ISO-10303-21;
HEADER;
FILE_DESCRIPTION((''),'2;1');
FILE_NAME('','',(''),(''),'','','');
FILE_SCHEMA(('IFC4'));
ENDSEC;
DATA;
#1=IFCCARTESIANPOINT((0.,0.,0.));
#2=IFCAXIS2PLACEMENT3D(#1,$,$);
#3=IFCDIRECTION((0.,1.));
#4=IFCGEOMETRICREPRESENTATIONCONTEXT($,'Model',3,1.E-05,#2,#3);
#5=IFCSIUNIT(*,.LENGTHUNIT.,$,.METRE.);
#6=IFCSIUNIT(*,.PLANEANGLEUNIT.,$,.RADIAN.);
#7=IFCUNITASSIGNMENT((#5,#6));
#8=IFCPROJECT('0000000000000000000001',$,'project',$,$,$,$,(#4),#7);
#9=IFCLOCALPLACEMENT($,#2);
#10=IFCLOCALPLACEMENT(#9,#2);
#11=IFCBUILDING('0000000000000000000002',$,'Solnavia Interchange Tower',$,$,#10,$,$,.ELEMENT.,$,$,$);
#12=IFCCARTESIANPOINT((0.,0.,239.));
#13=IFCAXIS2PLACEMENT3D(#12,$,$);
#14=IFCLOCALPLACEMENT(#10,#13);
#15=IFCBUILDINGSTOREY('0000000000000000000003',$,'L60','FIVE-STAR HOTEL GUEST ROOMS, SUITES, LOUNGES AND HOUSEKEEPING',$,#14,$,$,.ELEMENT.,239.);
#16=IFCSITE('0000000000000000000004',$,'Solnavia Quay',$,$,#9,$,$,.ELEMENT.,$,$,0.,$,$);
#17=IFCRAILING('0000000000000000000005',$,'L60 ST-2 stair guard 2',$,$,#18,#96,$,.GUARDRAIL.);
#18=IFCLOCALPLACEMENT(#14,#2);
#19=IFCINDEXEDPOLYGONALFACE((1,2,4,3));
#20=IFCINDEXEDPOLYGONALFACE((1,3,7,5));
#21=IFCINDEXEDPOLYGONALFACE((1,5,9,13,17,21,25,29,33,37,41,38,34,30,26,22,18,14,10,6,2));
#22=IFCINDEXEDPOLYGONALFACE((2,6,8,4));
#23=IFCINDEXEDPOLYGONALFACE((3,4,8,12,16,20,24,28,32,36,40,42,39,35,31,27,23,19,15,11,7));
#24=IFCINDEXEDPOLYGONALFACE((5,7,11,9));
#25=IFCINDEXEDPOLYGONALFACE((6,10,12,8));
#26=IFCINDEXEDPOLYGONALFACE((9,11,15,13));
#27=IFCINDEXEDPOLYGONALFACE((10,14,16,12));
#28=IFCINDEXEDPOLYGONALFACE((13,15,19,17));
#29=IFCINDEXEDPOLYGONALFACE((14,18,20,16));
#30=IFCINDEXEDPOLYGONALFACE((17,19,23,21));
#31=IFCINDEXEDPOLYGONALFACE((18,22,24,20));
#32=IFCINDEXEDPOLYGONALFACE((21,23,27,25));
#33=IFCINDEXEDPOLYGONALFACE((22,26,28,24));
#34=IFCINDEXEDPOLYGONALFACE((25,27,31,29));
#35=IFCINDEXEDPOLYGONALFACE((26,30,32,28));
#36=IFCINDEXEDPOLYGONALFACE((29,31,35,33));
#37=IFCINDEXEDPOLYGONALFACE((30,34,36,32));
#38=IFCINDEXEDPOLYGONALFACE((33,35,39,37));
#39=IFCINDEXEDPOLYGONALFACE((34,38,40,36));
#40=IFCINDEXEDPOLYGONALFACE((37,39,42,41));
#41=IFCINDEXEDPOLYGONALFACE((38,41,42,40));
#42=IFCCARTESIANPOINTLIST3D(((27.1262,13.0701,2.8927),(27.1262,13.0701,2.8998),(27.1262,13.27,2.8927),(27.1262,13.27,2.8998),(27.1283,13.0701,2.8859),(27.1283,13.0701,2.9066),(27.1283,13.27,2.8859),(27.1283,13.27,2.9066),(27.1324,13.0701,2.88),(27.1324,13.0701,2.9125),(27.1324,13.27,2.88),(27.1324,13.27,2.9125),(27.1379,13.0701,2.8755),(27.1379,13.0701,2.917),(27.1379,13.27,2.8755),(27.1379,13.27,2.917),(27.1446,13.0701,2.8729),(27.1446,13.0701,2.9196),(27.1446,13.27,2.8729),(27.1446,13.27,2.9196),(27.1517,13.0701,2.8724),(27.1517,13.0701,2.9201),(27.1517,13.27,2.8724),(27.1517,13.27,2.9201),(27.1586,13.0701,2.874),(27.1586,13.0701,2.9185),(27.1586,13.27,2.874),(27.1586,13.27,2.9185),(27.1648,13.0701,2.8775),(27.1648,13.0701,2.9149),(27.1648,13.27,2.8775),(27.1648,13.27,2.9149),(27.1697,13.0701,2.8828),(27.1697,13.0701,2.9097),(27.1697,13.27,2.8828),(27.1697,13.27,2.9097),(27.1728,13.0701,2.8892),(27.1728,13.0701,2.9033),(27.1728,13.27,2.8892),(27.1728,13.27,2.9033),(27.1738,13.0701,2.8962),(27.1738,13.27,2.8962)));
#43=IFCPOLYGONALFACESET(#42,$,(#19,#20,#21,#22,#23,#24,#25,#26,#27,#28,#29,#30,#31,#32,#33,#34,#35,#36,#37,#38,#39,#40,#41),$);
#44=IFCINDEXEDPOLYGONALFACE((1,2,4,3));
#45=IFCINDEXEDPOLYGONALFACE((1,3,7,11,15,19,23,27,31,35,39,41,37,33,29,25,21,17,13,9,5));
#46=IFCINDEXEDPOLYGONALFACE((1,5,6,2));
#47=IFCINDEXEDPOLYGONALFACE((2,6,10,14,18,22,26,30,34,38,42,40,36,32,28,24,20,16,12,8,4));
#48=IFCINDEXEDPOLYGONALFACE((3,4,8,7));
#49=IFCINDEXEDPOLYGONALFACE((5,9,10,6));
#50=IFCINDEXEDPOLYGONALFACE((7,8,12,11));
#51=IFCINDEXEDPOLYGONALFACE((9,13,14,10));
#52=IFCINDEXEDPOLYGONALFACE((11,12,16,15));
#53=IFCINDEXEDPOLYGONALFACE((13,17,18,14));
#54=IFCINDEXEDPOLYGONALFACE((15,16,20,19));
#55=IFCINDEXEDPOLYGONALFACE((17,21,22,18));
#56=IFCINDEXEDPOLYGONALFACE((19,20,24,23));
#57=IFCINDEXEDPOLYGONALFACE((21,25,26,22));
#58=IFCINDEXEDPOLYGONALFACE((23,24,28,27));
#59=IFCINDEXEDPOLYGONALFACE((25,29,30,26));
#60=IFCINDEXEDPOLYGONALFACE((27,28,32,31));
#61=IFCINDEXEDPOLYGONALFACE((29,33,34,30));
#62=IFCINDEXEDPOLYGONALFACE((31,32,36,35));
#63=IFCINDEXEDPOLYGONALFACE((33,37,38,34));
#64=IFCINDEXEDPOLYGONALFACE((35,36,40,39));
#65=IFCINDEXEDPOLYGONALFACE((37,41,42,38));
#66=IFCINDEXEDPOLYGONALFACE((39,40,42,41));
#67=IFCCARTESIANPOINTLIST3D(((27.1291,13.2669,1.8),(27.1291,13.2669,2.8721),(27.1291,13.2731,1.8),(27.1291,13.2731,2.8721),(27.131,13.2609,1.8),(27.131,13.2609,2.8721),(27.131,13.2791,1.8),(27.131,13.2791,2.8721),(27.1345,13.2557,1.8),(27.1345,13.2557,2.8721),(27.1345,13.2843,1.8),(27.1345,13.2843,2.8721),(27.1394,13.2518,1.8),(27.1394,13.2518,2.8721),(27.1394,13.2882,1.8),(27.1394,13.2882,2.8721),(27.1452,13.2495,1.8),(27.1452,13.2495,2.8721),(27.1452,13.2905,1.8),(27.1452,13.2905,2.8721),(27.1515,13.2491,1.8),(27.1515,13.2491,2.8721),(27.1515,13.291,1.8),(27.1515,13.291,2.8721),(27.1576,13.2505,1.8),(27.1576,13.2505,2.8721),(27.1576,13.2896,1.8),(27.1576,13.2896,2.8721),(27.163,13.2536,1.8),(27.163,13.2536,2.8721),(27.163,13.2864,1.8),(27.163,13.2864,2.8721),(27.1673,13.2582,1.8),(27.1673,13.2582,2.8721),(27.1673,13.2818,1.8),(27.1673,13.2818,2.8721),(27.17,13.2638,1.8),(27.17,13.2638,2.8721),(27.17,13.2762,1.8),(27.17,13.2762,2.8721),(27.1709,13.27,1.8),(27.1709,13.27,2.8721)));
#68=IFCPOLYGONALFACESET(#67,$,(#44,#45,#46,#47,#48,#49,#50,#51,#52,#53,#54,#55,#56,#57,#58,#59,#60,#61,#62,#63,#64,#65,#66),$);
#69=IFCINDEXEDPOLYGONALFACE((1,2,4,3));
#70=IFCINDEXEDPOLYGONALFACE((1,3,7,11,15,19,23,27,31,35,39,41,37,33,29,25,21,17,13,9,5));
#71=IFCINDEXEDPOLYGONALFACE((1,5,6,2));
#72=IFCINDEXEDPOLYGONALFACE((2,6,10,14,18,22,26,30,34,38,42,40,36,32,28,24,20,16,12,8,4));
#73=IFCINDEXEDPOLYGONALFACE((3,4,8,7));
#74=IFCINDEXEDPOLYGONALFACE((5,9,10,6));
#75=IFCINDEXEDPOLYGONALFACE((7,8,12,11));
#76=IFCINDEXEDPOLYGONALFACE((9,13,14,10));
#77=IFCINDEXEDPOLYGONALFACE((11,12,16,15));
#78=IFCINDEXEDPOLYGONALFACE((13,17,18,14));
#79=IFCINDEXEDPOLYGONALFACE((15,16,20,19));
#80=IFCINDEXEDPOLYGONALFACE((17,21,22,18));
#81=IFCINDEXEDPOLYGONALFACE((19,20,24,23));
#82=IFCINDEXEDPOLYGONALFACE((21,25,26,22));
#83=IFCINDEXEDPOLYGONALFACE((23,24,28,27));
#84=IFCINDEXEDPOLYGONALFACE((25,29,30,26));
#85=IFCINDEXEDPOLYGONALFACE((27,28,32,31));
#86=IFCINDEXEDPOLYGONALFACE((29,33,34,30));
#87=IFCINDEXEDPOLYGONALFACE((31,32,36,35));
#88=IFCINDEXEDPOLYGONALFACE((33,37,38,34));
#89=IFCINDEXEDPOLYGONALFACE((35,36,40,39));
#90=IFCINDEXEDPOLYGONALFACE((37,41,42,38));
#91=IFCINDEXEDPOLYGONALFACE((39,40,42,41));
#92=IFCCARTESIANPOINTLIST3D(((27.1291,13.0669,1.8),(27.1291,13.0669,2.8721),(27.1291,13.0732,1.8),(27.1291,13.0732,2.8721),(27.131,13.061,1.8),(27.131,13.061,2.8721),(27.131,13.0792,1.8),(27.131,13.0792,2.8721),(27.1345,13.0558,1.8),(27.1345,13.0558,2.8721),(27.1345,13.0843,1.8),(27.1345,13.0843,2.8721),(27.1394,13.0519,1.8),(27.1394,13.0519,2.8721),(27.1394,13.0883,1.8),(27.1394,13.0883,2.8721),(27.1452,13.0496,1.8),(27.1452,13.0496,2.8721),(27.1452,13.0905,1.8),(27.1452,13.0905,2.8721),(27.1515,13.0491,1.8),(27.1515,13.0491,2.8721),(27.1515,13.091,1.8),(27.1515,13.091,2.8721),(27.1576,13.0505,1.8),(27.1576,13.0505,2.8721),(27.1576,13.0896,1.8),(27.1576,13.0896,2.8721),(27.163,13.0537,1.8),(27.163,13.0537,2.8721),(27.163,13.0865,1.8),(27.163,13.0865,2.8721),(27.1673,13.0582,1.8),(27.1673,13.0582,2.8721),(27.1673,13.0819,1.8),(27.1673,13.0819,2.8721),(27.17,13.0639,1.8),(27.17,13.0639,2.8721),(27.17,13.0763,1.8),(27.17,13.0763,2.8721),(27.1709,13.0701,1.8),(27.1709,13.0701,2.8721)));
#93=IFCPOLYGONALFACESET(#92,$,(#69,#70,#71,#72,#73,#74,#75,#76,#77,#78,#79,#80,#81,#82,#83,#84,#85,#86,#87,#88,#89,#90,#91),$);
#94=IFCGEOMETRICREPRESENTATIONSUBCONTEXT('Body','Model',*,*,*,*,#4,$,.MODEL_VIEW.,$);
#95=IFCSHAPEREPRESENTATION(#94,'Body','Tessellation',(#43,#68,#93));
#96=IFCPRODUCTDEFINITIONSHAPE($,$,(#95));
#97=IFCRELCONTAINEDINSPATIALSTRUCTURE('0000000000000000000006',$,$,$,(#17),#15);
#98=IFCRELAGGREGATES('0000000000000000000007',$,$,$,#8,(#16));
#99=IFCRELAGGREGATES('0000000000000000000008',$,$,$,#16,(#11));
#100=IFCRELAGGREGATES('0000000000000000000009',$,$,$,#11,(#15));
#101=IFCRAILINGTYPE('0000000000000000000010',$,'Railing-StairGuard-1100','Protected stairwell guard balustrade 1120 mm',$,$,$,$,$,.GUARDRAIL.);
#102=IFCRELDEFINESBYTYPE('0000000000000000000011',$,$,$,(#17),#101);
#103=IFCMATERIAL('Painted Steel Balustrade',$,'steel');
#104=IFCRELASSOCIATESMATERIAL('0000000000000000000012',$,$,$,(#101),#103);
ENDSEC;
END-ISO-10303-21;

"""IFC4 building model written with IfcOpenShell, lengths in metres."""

from ifc_helpers import new_model, si_unit, direction, frame, origin, origin_2d, place, context, subcontext, project, spatial, circle, extrude, material, type_object, element, save


model = new_model("IFC4")

# Units and contexts
model_context = context("Model", 3, precision=1e-05, world=origin(), true_north=direction((0.0, 1.0)))
body_context = subcontext(model_context, "Body", "Model", "MODEL_VIEW")
ifc_project = project(units=[si_unit("LENGTHUNIT", "METRE"), si_unit("PLANEANGLEUNIT", "RADIAN")], contexts=[model_context])

# Site, building, storey
site_placement = place(None, origin())
site = spatial("IfcSite", under=ifc_project, at=site_placement, Name="Solnavia Quay", CompositionType="ELEMENT", RefElevation=0.0)
building_placement = place(site_placement, origin())
building = spatial("IfcBuilding", under=site, at=building_placement, Name="Solnavia Interchange Tower", CompositionType="ELEMENT")
storey_placement = place(building_placement, frame((0.0, 0.0, 239.0)))
storey = spatial("IfcBuildingStorey", under=building, at=storey_placement, Name="L60", Description="FIVE-STAR HOTEL GUEST ROOMS, SUITES, LOUNGES AND HOUSEKEEPING", CompositionType="ELEMENT", Elevation=239.0)

# Railing
ifc_material_1 = material(Name="Painted Steel Balustrade", Category="steel")
railing_type_1 = type_object("IfcRailingType", Name="Railing-StairGuard-1100", Description="Protected stairwell guard balustrade 1120 mm", PredefinedType="GUARDRAIL", material=ifc_material_1)
railing_1_placement = place(storey_placement, frame((27.1499, 13.27, 1.8)))
element("IfcRailing", 1, at=railing_1_placement, inside=storey, type_object=railing_type_1, Name="L60 ST-2 stair guard 2", PredefinedType="GUARDRAIL", context=body_context, shape_type="SweptSolid", body=[
    extrude(circle(Radius=0.0239, at=origin_2d()), frame((0.0, 0.0, 1.0962), z_axis=(0.0, -1.0, 0.0), x_axis=(1.0, 0.0, 0.0)), (0.0, 0.0, 1.0), 0.2),
    extrude(circle(Radius=0.021, at=origin_2d()), origin(), (0.0, 0.0, 1.0), 1.072),
    extrude(circle(Radius=0.021, at=origin_2d()), frame((0.0, -0.2, 0.0)), (0.0, 0.0, 1.0), 1.072),
])

save(model, "model.ifc")
